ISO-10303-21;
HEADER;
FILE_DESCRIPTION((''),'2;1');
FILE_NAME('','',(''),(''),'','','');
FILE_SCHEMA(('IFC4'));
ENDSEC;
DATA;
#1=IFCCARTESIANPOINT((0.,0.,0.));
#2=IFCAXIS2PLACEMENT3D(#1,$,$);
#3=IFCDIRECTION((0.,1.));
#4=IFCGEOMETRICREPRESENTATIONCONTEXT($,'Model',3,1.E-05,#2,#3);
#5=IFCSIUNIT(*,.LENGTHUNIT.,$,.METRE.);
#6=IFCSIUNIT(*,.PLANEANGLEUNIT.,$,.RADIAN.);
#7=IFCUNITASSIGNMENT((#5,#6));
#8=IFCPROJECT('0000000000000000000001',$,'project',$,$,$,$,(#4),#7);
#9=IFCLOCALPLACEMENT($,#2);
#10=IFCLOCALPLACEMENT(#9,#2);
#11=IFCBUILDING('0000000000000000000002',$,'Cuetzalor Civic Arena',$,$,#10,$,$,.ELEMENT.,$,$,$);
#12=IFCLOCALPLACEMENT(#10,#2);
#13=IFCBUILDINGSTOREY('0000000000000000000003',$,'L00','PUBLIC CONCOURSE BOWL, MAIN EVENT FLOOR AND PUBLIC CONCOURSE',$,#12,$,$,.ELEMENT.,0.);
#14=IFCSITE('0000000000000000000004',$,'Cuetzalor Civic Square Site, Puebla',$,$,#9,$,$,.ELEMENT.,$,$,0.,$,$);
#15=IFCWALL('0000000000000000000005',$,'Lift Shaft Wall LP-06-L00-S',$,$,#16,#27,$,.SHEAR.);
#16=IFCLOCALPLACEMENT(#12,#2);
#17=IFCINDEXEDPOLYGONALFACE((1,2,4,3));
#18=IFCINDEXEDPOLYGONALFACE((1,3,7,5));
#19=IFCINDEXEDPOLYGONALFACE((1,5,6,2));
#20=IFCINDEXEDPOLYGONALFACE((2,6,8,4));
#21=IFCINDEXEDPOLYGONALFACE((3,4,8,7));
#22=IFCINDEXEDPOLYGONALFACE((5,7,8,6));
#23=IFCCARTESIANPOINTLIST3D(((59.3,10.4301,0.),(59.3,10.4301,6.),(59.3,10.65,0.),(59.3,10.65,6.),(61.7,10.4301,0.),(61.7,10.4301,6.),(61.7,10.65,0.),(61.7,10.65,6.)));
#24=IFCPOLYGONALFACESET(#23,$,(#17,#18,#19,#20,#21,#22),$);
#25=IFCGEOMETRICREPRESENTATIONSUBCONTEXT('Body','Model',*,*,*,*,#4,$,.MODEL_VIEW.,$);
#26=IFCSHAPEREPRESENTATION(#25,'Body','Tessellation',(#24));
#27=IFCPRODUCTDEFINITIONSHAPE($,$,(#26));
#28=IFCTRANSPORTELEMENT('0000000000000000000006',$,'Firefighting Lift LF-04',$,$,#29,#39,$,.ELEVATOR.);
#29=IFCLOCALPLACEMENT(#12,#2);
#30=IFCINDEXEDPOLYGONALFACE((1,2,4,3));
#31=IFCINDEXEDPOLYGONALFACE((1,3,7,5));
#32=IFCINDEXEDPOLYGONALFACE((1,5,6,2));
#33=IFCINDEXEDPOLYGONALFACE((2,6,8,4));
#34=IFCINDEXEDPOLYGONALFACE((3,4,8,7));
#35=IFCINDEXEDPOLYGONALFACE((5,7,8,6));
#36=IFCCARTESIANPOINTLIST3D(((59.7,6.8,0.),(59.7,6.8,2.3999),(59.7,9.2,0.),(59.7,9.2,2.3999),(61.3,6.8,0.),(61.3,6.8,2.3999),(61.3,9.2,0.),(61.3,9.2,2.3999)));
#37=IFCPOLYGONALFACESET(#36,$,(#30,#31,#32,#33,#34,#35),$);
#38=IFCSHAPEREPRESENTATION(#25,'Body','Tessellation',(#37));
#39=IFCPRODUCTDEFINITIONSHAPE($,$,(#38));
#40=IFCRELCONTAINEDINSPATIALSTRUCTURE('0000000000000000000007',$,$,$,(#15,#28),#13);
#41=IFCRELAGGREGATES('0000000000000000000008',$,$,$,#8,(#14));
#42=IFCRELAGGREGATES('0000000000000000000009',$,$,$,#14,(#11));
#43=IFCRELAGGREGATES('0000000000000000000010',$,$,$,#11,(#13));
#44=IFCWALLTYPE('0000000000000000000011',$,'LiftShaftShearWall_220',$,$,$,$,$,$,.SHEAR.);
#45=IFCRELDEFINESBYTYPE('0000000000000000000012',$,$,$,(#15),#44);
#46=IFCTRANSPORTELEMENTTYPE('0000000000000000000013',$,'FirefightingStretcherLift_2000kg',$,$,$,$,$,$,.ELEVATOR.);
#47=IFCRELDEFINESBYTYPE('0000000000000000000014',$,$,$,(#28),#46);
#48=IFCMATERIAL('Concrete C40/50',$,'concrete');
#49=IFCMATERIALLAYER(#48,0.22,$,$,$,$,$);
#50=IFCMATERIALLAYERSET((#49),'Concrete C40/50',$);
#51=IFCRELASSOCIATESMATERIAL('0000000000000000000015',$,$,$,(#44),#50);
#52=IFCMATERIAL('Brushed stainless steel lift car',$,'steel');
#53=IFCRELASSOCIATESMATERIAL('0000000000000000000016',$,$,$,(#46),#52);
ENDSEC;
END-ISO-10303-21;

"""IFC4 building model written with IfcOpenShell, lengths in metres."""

from ifc_helpers import new_model, si_unit, direction, frame, frame_2d, origin, origin_2d, place, context, subcontext, project, spatial, rectangle, extrude, material, layer, layer_set, type_object, element, save


model = new_model("IFC4")

# Units and contexts
model_context = context("Model", 3, precision=1e-05, world=origin(), true_north=direction((0.0, 1.0)))
body_context = subcontext(model_context, "Body", "Model", "MODEL_VIEW")
ifc_project = project(units=[si_unit("LENGTHUNIT", "METRE"), si_unit("PLANEANGLEUNIT", "RADIAN")], contexts=[model_context])

# Site, building, storey
site_placement = place(None, origin())
site = spatial("IfcSite", under=ifc_project, at=site_placement, Name="Cuetzalor Civic Square Site, Puebla", CompositionType="ELEMENT", RefElevation=0.0)
building_placement = place(site_placement, origin())
building = spatial("IfcBuilding", under=site, at=building_placement, Name="Cuetzalor Civic Arena", CompositionType="ELEMENT")
storey_placement = place(building_placement, origin())
storey = spatial("IfcBuildingStorey", under=building, at=storey_placement, Name="L00", Description="PUBLIC CONCOURSE BOWL, MAIN EVENT FLOOR AND PUBLIC CONCOURSE", CompositionType="ELEMENT", Elevation=0.0)

# Shared definitions
ifc_material_1 = material(Name="Concrete C40/50", Category="concrete")
ifc_layer_1 = layer(ifc_material_1, 0.22)
ifc_layer_set_1 = layer_set([ifc_layer_1], Name="Concrete C40/50")
wall_type_1 = type_object("IfcWallType", Name="LiftShaftShearWall_220", PredefinedType="SHEAR", material=ifc_layer_set_1)

# Wall
for number, where, z_axis, x_axis, name in (
    (1, (61.7, 10.54, 0.0), (0.0, 0.0, 1.0), (-1.0, 0.0, 0.0), "Lift Shaft Wall LP-06-L00-S"),
):
    element("IfcWall", number, at=place(storey_placement, frame(where, z_axis=z_axis, x_axis=x_axis)), inside=storey, type_object=wall_type_1, Name=name, PredefinedType="SHEAR", context=body_context, shape_type="SweptSolid", body=[
        extrude(rectangle(XDim=2.3999, YDim=0.22, at=frame_2d((1.2, 0.0))), origin(), (0.0, 0.0, 1.0), 6.0),
    ])

# Transport element
ifc_material_2 = material(Name="Brushed stainless steel lift car", Category="steel")
transport_element_type = type_object("IfcTransportElementType", Name="FirefightingStretcherLift_2000kg", PredefinedType="ELEVATOR", material=ifc_material_2)
transport_element_placement = place(storey_placement, frame((60.5, 8.0, 0.0), z_axis=(0.0, 0.0, 1.0), x_axis=(1.0, 0.0, 0.0)))
element("IfcTransportElement", 2, at=transport_element_placement, inside=storey, type_object=transport_element_type, Name="Firefighting Lift LF-04", PredefinedType="ELEVATOR", context=body_context, shape_type="SweptSolid", body=[
    extrude(rectangle(XDim=1.6001, YDim=2.3999, at=origin_2d()), origin(), (0.0, 0.0, 1.0), 2.3999),
])

save(model, "model.ifc")
